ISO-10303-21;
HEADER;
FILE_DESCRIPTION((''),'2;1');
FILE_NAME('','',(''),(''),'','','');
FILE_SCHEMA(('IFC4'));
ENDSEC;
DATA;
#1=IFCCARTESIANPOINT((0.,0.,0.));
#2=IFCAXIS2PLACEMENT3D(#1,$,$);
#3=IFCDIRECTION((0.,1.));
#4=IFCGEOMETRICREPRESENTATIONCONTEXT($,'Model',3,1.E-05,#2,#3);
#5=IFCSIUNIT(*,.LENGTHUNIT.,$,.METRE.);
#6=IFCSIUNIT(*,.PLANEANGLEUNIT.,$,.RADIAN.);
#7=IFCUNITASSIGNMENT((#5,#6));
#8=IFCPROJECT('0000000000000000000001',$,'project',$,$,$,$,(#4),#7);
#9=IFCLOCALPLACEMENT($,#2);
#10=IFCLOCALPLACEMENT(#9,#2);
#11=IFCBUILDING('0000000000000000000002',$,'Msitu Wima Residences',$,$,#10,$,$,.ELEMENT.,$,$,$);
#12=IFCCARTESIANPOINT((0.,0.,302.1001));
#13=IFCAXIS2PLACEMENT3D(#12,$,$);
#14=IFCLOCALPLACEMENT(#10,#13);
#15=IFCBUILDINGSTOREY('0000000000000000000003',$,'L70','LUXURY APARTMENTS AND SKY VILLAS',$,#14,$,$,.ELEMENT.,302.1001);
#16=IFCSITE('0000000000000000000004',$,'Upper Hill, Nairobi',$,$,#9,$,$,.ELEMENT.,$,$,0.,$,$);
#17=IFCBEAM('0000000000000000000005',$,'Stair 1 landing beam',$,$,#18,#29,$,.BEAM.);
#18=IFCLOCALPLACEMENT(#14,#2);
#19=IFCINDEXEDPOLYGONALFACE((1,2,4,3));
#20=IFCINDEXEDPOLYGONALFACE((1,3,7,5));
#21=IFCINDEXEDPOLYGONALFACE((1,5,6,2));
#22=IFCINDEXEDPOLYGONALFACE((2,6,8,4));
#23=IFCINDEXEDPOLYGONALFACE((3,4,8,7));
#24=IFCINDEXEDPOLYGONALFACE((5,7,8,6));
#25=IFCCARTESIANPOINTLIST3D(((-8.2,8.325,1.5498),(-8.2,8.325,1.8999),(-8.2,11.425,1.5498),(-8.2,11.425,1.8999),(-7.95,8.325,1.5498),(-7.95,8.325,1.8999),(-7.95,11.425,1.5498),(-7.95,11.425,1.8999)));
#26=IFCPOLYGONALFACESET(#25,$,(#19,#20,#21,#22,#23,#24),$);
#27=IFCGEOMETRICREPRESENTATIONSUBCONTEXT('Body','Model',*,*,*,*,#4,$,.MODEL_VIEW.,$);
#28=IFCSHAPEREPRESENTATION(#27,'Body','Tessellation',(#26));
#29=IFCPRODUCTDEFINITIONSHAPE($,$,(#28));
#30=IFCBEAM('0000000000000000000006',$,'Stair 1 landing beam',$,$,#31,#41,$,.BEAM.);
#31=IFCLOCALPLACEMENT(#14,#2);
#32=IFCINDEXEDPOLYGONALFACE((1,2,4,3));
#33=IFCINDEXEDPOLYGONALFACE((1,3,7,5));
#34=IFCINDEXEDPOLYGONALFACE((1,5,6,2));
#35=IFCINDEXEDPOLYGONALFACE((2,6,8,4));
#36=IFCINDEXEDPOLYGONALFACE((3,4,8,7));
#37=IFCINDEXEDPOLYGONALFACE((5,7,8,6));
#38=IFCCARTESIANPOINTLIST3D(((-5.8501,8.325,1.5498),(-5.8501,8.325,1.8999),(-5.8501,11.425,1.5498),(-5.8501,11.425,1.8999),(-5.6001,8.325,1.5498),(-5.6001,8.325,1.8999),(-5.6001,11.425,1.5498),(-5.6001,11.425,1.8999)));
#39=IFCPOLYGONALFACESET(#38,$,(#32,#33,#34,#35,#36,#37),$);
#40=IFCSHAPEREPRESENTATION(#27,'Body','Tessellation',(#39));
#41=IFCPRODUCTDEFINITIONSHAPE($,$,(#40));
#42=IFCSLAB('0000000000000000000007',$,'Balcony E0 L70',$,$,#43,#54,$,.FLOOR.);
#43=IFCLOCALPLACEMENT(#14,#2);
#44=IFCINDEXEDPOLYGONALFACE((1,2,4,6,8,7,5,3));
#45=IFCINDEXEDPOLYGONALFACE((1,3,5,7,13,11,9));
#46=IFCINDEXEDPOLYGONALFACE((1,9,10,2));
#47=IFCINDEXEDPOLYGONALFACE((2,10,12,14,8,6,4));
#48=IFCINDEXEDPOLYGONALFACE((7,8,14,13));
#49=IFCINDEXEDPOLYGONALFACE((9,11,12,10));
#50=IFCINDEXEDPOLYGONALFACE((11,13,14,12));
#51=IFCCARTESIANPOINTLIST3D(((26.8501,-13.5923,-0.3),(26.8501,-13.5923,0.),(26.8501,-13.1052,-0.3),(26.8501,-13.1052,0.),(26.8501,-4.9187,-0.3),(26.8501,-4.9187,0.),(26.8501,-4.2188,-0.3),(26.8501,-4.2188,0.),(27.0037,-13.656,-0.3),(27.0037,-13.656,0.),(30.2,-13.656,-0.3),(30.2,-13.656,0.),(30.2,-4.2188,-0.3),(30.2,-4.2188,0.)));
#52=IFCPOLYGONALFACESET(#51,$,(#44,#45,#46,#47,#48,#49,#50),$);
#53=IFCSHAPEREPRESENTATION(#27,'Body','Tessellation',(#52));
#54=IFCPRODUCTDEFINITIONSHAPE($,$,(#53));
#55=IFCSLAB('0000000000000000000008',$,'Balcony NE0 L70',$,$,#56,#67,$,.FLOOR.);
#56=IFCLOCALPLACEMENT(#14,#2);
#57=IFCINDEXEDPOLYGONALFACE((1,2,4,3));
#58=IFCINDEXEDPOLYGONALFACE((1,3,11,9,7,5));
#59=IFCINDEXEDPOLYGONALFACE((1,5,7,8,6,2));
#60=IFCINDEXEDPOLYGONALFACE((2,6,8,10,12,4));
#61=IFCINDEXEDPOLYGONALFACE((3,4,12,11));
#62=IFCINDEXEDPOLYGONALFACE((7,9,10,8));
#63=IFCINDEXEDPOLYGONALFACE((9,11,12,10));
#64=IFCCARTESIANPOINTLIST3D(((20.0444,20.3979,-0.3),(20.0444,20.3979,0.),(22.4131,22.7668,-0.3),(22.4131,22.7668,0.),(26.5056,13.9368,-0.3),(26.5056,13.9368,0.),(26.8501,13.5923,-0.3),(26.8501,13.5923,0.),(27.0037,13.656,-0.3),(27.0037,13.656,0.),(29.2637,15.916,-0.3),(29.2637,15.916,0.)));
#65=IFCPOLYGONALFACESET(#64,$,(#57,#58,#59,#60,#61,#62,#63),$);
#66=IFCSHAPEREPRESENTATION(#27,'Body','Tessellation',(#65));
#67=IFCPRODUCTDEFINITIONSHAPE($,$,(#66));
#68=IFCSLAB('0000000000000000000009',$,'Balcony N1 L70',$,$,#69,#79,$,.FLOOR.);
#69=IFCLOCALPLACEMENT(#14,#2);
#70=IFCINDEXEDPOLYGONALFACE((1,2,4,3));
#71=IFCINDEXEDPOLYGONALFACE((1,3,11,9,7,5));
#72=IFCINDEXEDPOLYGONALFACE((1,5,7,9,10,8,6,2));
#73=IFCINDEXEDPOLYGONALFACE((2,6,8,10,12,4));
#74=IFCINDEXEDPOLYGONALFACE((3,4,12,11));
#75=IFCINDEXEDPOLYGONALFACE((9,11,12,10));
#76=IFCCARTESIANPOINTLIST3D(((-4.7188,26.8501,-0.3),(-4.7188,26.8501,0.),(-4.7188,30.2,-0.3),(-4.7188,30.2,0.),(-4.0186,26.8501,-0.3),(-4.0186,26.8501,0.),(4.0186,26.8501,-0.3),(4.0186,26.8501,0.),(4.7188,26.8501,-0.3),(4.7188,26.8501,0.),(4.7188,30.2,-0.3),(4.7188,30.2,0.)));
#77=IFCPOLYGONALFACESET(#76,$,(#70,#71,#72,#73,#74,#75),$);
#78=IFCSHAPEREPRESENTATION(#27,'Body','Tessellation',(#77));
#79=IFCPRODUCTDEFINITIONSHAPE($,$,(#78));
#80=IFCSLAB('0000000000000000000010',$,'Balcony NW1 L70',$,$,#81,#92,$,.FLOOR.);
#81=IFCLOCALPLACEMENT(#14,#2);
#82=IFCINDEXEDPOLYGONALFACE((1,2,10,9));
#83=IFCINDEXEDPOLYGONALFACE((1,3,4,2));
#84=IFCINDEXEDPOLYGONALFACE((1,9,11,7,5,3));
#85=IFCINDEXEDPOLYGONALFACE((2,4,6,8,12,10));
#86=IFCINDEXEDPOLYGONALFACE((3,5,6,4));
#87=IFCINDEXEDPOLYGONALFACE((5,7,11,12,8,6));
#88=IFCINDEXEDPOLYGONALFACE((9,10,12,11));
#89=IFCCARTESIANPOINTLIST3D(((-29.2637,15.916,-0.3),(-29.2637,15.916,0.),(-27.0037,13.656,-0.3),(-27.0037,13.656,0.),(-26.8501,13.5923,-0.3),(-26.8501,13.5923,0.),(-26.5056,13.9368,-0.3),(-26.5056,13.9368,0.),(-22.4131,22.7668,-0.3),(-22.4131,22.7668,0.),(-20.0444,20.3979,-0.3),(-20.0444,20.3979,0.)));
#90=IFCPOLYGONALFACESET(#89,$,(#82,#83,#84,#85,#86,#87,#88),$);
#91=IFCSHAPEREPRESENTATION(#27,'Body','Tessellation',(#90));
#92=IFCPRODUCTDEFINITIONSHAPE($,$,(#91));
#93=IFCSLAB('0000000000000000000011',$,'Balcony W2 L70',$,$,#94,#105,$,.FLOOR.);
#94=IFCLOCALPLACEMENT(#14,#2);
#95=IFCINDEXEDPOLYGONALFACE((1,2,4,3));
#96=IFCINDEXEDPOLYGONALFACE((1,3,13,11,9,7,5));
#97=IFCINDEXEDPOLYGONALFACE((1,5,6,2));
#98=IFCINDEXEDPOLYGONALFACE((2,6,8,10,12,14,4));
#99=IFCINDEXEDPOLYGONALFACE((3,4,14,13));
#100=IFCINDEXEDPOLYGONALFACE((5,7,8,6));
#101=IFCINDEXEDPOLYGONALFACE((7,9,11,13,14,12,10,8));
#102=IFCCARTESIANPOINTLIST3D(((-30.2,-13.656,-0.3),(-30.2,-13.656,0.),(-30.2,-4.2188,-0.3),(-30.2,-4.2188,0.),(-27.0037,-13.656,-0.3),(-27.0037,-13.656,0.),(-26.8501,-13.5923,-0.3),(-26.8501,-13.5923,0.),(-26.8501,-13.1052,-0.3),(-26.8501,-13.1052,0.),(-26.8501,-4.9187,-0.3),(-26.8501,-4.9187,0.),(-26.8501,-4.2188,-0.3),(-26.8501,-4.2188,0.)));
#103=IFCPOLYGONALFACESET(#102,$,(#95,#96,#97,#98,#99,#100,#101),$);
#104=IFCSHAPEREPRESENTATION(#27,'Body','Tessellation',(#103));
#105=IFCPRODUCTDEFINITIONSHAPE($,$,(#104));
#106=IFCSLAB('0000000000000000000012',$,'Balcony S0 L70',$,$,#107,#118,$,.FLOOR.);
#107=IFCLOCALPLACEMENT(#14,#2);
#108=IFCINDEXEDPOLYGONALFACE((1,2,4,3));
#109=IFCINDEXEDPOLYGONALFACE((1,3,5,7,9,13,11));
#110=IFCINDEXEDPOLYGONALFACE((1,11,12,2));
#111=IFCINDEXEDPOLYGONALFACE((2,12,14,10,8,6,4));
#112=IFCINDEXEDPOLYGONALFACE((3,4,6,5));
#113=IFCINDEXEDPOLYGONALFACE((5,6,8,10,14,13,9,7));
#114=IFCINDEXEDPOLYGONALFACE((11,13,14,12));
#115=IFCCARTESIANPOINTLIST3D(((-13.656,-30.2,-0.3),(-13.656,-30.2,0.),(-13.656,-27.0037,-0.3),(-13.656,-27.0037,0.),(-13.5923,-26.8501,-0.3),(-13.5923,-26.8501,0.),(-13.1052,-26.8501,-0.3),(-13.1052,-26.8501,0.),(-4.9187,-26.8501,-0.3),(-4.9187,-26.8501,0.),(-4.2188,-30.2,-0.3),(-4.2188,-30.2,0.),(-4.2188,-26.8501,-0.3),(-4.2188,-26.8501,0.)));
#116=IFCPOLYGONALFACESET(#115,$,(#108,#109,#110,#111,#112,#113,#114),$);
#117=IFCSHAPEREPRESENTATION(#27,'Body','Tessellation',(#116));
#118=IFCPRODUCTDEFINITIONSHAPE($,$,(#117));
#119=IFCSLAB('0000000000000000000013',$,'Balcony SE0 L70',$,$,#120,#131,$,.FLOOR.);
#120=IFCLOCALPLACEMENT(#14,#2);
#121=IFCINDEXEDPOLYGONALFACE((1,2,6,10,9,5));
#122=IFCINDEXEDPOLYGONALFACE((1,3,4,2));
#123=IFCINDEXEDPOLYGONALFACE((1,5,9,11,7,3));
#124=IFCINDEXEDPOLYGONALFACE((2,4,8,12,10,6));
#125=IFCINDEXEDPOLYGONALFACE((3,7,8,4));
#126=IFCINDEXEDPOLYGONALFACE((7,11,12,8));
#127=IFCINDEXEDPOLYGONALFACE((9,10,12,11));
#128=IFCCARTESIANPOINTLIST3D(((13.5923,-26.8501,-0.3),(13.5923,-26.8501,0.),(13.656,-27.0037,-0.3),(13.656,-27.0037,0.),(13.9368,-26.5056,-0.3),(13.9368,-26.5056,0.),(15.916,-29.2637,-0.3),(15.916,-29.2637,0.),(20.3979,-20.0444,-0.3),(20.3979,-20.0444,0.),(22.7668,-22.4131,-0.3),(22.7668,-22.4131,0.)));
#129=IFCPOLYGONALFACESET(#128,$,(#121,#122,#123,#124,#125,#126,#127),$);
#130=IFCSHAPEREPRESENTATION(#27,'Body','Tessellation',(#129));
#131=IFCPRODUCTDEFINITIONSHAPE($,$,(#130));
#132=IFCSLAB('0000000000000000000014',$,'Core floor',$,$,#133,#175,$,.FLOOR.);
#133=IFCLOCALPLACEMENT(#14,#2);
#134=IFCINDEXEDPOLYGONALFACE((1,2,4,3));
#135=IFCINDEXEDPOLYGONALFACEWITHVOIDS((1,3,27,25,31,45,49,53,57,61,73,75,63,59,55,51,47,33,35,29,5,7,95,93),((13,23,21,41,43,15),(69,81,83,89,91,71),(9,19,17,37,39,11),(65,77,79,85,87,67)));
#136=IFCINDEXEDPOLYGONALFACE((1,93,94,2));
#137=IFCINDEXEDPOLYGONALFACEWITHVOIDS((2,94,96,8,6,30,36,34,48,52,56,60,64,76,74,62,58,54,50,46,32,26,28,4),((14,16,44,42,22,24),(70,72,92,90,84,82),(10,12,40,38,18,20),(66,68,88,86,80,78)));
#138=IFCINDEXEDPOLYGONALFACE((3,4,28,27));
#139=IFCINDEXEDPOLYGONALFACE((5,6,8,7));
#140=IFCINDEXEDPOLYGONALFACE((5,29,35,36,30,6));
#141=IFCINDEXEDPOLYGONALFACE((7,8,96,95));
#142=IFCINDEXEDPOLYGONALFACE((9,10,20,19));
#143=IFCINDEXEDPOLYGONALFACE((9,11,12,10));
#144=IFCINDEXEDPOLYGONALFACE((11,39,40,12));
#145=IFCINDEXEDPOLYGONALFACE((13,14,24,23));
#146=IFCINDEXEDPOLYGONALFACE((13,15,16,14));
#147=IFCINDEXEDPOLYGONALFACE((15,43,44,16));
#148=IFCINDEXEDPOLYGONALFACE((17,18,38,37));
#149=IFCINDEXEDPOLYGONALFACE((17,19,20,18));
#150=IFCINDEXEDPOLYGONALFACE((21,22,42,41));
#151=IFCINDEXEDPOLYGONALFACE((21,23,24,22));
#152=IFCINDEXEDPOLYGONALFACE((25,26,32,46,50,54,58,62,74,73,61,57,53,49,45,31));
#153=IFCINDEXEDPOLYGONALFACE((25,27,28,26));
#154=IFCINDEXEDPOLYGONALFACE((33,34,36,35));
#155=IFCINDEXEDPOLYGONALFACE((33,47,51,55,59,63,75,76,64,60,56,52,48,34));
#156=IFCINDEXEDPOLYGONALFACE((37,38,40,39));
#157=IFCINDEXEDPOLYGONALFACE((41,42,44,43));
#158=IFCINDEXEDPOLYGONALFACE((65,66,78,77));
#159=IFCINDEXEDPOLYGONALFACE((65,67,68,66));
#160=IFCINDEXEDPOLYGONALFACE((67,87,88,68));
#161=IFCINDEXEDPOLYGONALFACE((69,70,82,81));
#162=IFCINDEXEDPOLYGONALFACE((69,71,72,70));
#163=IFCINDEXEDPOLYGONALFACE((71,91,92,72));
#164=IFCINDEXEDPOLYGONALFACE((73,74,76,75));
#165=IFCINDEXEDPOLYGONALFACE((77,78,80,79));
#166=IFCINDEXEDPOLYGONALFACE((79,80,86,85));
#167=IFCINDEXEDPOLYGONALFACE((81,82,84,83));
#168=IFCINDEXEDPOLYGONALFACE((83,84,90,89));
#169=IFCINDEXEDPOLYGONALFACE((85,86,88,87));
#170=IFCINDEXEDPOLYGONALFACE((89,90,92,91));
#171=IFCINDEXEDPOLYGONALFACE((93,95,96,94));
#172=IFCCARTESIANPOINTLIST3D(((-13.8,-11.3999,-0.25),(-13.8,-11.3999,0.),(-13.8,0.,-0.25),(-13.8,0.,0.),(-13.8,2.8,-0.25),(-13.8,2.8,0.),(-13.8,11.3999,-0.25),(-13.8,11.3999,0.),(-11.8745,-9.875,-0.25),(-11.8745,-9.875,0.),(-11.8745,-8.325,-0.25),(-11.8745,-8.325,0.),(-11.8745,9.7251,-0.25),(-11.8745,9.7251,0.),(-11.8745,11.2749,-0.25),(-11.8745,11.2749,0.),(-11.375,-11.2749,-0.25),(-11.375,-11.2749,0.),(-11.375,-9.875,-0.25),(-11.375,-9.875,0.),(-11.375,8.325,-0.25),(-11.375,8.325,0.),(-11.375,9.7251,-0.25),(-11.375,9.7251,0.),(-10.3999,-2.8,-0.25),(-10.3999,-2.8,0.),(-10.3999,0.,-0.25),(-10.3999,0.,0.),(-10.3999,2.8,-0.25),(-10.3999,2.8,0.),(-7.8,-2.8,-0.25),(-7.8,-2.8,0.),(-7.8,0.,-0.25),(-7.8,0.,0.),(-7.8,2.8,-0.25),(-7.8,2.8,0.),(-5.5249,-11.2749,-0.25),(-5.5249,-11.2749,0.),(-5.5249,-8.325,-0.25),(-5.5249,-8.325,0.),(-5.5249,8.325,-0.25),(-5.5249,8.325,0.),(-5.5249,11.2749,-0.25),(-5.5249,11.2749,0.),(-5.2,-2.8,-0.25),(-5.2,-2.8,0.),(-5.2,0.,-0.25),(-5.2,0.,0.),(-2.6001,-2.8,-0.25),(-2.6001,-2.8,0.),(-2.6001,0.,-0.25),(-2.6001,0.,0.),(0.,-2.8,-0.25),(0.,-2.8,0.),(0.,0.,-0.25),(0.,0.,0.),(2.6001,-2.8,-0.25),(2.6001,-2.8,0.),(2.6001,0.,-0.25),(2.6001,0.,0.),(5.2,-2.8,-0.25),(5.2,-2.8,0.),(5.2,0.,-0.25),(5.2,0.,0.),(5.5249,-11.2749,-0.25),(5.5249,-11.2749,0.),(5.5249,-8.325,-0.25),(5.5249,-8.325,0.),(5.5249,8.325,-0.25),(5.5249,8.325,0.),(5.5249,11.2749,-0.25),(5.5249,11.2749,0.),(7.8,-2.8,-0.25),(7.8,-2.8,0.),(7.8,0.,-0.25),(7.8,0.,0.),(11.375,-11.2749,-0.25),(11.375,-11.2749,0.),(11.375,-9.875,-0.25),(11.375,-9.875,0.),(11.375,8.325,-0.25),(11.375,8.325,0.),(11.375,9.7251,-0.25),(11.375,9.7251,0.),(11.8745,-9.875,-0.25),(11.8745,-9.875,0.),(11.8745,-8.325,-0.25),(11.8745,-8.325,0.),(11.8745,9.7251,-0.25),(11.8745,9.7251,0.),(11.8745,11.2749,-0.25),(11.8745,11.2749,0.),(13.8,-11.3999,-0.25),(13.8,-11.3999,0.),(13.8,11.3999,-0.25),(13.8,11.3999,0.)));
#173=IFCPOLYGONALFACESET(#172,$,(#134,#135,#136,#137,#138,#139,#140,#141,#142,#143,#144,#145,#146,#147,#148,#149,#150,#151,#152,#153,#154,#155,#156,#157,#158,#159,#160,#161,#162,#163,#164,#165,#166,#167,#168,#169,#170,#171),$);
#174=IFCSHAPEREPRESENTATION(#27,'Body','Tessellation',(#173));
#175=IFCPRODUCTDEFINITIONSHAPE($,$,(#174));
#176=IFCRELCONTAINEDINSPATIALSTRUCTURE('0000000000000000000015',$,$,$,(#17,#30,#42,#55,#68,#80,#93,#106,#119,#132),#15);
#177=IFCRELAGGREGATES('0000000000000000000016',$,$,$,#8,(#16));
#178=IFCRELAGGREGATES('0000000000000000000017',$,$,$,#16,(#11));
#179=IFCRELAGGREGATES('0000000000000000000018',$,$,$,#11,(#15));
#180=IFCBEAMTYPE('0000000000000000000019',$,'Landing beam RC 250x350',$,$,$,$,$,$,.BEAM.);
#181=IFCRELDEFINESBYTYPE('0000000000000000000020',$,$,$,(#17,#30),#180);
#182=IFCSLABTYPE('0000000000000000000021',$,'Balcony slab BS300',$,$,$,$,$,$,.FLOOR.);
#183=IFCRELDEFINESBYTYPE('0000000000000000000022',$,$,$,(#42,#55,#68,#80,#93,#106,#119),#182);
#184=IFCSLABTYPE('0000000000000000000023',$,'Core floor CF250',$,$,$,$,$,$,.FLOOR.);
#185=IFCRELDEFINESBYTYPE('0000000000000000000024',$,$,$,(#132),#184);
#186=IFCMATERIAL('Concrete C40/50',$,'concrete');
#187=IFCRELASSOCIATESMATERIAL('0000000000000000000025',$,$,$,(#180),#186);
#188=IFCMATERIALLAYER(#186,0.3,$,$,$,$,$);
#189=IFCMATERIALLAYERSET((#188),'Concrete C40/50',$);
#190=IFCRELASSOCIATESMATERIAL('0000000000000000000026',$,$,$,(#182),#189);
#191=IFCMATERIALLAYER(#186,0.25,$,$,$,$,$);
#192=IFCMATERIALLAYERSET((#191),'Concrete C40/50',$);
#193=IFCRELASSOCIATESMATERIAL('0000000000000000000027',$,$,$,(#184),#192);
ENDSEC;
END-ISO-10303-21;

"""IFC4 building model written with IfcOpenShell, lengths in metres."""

from ifc_helpers import new_model, si_unit, direction, frame, origin, origin_2d, place, context, subcontext, project, spatial, polyline, rectangle, outline, extrude, material, layer, layer_set, material_profile, profile_set, type_object, element, save


model = new_model("IFC4")

# Units and contexts
model_context = context("Model", 3, precision=1e-05, world=origin(), true_north=direction((0.0, 1.0)))
body_context = subcontext(model_context, "Body", "Model", "MODEL_VIEW")
ifc_project = project(units=[si_unit("LENGTHUNIT", "METRE"), si_unit("PLANEANGLEUNIT", "RADIAN")], contexts=[model_context])

# Site, building, storey
site_placement = place(None, origin())
site = spatial("IfcSite", under=ifc_project, at=site_placement, Name="Upper Hill, Nairobi", CompositionType="ELEMENT", RefElevation=0.0)
building_placement = place(site_placement, origin())
building = spatial("IfcBuilding", under=site, at=building_placement, Name="Msitu Wima Residences", CompositionType="ELEMENT")
storey_placement = place(building_placement, frame((0.0, 0.0, 302.1001)))
storey = spatial("IfcBuildingStorey", under=building, at=storey_placement, Name="L70", Description="LUXURY APARTMENTS AND SKY VILLAS", CompositionType="ELEMENT", Elevation=302.1001)

# Beams
ifc_material_1 = material(Name="Concrete C40/50", Category="concrete")
ifc_material_profile = material_profile(ifc_material_1, rectangle(XDim=0.25, YDim=0.3501, at=origin_2d()), Name="RC 250x350")
ifc_profile_set = profile_set([ifc_material_profile], Name="Concrete C40/50")
beam_type = type_object("IfcBeamType", Name="Landing beam RC 250x350", PredefinedType="BEAM", material=ifc_profile_set)
for number, where, z_axis, x_axis, name in (
    (1, (-8.075, 8.325, 1.7249), (0.0, 1.0, 0.0), (-1.0, 0.0, 0.0), "Stair 1 landing beam"),
    (2, (-5.7251, 8.325, 1.7249), (0.0, 1.0, 0.0), (-1.0, 0.0, 0.0), "Stair 1 landing beam"),
):
    element("IfcBeam", number, at=place(storey_placement, frame(where, z_axis=z_axis, x_axis=x_axis)), inside=storey, type_object=beam_type, Name=name, PredefinedType="BEAM", context=body_context, shape_type="SweptSolid", body=[
        extrude(rectangle(XDim=0.25, YDim=0.3501, at=origin_2d()), origin(), (0.0, 0.0, 1.0), 3.1001),
    ])

# Slabs
ifc_layer_1 = layer(ifc_material_1, 0.3)
ifc_layer_set_1 = layer_set([ifc_layer_1], Name="Concrete C40/50")
slab_type_1 = type_object("IfcSlabType", Name="Balcony slab BS300", PredefinedType="FLOOR", material=ifc_layer_set_1)
slab_1_placement = place(storey_placement, frame((0.0, 0.0, -0.3)))
element("IfcSlab", 3, at=slab_1_placement, inside=storey, type_object=slab_type_1, Name="Balcony E0 L70", PredefinedType="FLOOR", context=body_context, shape_type="SweptSolid", body=[
    extrude(outline(polyline([(26.8501, -13.1052), (26.8501, -13.1052), (26.8501, -4.9187), (26.8501, -4.2188), (30.2, -4.2188), (30.2, -13.656), (27.0037, -13.656), (26.8501, -13.5923), (26.8501, -13.1052), (26.8501, -13.1052)])), origin(), (0.0, 0.0, 1.0), 0.3),
])
slab_2_placement = place(storey_placement, frame((0.0, 0.0, -0.3)))
element("IfcSlab", 4, at=slab_2_placement, inside=storey, type_object=slab_type_1, Name="Balcony NE0 L70", PredefinedType="FLOOR", context=body_context, shape_type="SweptSolid", body=[
    extrude(outline(polyline([(26.5056, 13.9368), (26.5056, 13.9368), (20.0444, 20.3979), (22.4131, 22.7668), (29.2637, 15.916), (27.0037, 13.656), (26.8501, 13.5923), (26.5056, 13.9368), (26.5056, 13.9368)])), origin(), (0.0, 0.0, 1.0), 0.3),
])
slab_3_placement = place(storey_placement, frame((0.0, 0.0, -0.3)))
element("IfcSlab", 5, at=slab_3_placement, inside=storey, type_object=slab_type_1, Name="Balcony N1 L70", PredefinedType="FLOOR", context=body_context, shape_type="SweptSolid", body=[
    extrude(outline(polyline([(4.0186, 26.8501), (-4.0186, 26.8501), (-4.7188, 26.8501), (-4.7188, 30.2), (4.7188, 30.2), (4.7188, 26.8501), (4.0186, 26.8501)])), origin(), (0.0, 0.0, 1.0), 0.3),
])
slab_4_placement = place(storey_placement, frame((0.0, 0.0, -0.3)))
element("IfcSlab", 6, at=slab_4_placement, inside=storey, type_object=slab_type_1, Name="Balcony NW1 L70", PredefinedType="FLOOR", context=body_context, shape_type="SweptSolid", body=[
    extrude(outline(polyline([(-26.5056, 13.9368), (-26.5056, 13.9368), (-26.8501, 13.5923), (-27.0037, 13.656), (-29.2637, 15.916), (-22.4131, 22.7668), (-20.0444, 20.3979), (-26.5056, 13.9368), (-26.5056, 13.9368)])), origin(), (0.0, 0.0, 1.0), 0.3),
])
slab_5_placement = place(storey_placement, frame((0.0, 0.0, -0.3)))
element("IfcSlab", 7, at=slab_5_placement, inside=storey, type_object=slab_type_1, Name="Balcony W2 L70", PredefinedType="FLOOR", context=body_context, shape_type="SweptSolid", body=[
    extrude(outline(polyline([(-26.8501, -13.1052), (-26.8501, -13.1052), (-26.8501, -13.1052), (-26.8501, -13.5923), (-27.0037, -13.656), (-30.2, -13.656), (-30.2, -4.2188), (-26.8501, -4.2188), (-26.8501, -4.9187), (-26.8501, -13.1052)])), origin(), (0.0, 0.0, 1.0), 0.3),
])
slab_6_placement = place(storey_placement, frame((0.0, 0.0, -0.3)))
element("IfcSlab", 8, at=slab_6_placement, inside=storey, type_object=slab_type_1, Name="Balcony S0 L70", PredefinedType="FLOOR", context=body_context, shape_type="SweptSolid", body=[
    extrude(outline(polyline([(-13.1052, -26.8501), (-13.1052, -26.8501), (-4.9187, -26.8501), (-4.2188, -26.8501), (-4.2188, -30.2), (-13.656, -30.2), (-13.656, -27.0037), (-13.5923, -26.8501), (-13.1052, -26.8501), (-13.1052, -26.8501)])), origin(), (0.0, 0.0, 1.0), 0.3),
])
slab_7_placement = place(storey_placement, frame((0.0, 0.0, -0.3)))
element("IfcSlab", 9, at=slab_7_placement, inside=storey, type_object=slab_type_1, Name="Balcony SE0 L70", PredefinedType="FLOOR", context=body_context, shape_type="SweptSolid", body=[
    extrude(outline(polyline([(13.9368, -26.5056), (13.9368, -26.5056), (20.3979, -20.0444), (22.7668, -22.4131), (15.916, -29.2637), (13.656, -27.0037), (13.5923, -26.8501), (13.9368, -26.5056), (13.9368, -26.5056)])), origin(), (0.0, 0.0, 1.0), 0.3),
])
ifc_layer_2 = layer(ifc_material_1, 0.25)
ifc_layer_set_2 = layer_set([ifc_layer_2], Name="Concrete C40/50")
slab_type_2 = type_object("IfcSlabType", Name="Core floor CF250", PredefinedType="FLOOR", material=ifc_layer_set_2)
slab_8_placement = place(storey_placement, frame((0.0, 0.0, -0.25)))
element("IfcSlab", 10, at=slab_8_placement, inside=storey, type_object=slab_type_2, Name="Core floor", PredefinedType="FLOOR", context=body_context, shape_type="SweptSolid", body=[
    extrude(outline(polyline([(-13.8, 11.3999), (-13.8, 2.8), (-10.3999, 2.8), (-7.8, 2.8), (-7.8, 0.0), (-5.2, 0.0), (-2.6001, 0.0), (0.0, 0.0), (2.6001, 0.0), (5.2, 0.0), (7.8, 0.0), (7.8, -2.8), (5.2, -2.8), (2.6001, -2.8), (0.0, -2.8), (-2.6001, -2.8), (-5.2, -2.8), (-7.8, -2.8), (-10.3999, -2.8), (-10.3999, 0.0), (-13.8, 0.0), (-13.8, -11.3999), (13.8, -11.3999), (13.8, 11.3999), (-13.8, 11.3999)]), holes=[polyline([(-11.375, -11.2749), (-11.375, -9.875), (-11.8745, -9.875), (-11.8745, -8.325), (-5.5249, -8.325), (-5.5249, -11.2749), (-11.375, -11.2749)]), polyline([(-11.375, 8.325), (-11.375, 9.7251), (-11.8745, 9.7251), (-11.8745, 11.2749), (-5.5249, 11.2749), (-5.5249, 8.325), (-11.375, 8.325)]), polyline([(11.375, -9.875), (11.375, -11.2749), (5.5249, -11.2749), (5.5249, -8.325), (11.8745, -8.325), (11.8745, -9.875), (11.375, -9.875)]), polyline([(11.375, 9.7251), (11.375, 8.325), (5.5249, 8.325), (5.5249, 11.2749), (11.8745, 11.2749), (11.8745, 9.7251), (11.375, 9.7251)])]), origin(), (0.0, 0.0, 1.0), 0.25),
])

save(model, "model.ifc")
